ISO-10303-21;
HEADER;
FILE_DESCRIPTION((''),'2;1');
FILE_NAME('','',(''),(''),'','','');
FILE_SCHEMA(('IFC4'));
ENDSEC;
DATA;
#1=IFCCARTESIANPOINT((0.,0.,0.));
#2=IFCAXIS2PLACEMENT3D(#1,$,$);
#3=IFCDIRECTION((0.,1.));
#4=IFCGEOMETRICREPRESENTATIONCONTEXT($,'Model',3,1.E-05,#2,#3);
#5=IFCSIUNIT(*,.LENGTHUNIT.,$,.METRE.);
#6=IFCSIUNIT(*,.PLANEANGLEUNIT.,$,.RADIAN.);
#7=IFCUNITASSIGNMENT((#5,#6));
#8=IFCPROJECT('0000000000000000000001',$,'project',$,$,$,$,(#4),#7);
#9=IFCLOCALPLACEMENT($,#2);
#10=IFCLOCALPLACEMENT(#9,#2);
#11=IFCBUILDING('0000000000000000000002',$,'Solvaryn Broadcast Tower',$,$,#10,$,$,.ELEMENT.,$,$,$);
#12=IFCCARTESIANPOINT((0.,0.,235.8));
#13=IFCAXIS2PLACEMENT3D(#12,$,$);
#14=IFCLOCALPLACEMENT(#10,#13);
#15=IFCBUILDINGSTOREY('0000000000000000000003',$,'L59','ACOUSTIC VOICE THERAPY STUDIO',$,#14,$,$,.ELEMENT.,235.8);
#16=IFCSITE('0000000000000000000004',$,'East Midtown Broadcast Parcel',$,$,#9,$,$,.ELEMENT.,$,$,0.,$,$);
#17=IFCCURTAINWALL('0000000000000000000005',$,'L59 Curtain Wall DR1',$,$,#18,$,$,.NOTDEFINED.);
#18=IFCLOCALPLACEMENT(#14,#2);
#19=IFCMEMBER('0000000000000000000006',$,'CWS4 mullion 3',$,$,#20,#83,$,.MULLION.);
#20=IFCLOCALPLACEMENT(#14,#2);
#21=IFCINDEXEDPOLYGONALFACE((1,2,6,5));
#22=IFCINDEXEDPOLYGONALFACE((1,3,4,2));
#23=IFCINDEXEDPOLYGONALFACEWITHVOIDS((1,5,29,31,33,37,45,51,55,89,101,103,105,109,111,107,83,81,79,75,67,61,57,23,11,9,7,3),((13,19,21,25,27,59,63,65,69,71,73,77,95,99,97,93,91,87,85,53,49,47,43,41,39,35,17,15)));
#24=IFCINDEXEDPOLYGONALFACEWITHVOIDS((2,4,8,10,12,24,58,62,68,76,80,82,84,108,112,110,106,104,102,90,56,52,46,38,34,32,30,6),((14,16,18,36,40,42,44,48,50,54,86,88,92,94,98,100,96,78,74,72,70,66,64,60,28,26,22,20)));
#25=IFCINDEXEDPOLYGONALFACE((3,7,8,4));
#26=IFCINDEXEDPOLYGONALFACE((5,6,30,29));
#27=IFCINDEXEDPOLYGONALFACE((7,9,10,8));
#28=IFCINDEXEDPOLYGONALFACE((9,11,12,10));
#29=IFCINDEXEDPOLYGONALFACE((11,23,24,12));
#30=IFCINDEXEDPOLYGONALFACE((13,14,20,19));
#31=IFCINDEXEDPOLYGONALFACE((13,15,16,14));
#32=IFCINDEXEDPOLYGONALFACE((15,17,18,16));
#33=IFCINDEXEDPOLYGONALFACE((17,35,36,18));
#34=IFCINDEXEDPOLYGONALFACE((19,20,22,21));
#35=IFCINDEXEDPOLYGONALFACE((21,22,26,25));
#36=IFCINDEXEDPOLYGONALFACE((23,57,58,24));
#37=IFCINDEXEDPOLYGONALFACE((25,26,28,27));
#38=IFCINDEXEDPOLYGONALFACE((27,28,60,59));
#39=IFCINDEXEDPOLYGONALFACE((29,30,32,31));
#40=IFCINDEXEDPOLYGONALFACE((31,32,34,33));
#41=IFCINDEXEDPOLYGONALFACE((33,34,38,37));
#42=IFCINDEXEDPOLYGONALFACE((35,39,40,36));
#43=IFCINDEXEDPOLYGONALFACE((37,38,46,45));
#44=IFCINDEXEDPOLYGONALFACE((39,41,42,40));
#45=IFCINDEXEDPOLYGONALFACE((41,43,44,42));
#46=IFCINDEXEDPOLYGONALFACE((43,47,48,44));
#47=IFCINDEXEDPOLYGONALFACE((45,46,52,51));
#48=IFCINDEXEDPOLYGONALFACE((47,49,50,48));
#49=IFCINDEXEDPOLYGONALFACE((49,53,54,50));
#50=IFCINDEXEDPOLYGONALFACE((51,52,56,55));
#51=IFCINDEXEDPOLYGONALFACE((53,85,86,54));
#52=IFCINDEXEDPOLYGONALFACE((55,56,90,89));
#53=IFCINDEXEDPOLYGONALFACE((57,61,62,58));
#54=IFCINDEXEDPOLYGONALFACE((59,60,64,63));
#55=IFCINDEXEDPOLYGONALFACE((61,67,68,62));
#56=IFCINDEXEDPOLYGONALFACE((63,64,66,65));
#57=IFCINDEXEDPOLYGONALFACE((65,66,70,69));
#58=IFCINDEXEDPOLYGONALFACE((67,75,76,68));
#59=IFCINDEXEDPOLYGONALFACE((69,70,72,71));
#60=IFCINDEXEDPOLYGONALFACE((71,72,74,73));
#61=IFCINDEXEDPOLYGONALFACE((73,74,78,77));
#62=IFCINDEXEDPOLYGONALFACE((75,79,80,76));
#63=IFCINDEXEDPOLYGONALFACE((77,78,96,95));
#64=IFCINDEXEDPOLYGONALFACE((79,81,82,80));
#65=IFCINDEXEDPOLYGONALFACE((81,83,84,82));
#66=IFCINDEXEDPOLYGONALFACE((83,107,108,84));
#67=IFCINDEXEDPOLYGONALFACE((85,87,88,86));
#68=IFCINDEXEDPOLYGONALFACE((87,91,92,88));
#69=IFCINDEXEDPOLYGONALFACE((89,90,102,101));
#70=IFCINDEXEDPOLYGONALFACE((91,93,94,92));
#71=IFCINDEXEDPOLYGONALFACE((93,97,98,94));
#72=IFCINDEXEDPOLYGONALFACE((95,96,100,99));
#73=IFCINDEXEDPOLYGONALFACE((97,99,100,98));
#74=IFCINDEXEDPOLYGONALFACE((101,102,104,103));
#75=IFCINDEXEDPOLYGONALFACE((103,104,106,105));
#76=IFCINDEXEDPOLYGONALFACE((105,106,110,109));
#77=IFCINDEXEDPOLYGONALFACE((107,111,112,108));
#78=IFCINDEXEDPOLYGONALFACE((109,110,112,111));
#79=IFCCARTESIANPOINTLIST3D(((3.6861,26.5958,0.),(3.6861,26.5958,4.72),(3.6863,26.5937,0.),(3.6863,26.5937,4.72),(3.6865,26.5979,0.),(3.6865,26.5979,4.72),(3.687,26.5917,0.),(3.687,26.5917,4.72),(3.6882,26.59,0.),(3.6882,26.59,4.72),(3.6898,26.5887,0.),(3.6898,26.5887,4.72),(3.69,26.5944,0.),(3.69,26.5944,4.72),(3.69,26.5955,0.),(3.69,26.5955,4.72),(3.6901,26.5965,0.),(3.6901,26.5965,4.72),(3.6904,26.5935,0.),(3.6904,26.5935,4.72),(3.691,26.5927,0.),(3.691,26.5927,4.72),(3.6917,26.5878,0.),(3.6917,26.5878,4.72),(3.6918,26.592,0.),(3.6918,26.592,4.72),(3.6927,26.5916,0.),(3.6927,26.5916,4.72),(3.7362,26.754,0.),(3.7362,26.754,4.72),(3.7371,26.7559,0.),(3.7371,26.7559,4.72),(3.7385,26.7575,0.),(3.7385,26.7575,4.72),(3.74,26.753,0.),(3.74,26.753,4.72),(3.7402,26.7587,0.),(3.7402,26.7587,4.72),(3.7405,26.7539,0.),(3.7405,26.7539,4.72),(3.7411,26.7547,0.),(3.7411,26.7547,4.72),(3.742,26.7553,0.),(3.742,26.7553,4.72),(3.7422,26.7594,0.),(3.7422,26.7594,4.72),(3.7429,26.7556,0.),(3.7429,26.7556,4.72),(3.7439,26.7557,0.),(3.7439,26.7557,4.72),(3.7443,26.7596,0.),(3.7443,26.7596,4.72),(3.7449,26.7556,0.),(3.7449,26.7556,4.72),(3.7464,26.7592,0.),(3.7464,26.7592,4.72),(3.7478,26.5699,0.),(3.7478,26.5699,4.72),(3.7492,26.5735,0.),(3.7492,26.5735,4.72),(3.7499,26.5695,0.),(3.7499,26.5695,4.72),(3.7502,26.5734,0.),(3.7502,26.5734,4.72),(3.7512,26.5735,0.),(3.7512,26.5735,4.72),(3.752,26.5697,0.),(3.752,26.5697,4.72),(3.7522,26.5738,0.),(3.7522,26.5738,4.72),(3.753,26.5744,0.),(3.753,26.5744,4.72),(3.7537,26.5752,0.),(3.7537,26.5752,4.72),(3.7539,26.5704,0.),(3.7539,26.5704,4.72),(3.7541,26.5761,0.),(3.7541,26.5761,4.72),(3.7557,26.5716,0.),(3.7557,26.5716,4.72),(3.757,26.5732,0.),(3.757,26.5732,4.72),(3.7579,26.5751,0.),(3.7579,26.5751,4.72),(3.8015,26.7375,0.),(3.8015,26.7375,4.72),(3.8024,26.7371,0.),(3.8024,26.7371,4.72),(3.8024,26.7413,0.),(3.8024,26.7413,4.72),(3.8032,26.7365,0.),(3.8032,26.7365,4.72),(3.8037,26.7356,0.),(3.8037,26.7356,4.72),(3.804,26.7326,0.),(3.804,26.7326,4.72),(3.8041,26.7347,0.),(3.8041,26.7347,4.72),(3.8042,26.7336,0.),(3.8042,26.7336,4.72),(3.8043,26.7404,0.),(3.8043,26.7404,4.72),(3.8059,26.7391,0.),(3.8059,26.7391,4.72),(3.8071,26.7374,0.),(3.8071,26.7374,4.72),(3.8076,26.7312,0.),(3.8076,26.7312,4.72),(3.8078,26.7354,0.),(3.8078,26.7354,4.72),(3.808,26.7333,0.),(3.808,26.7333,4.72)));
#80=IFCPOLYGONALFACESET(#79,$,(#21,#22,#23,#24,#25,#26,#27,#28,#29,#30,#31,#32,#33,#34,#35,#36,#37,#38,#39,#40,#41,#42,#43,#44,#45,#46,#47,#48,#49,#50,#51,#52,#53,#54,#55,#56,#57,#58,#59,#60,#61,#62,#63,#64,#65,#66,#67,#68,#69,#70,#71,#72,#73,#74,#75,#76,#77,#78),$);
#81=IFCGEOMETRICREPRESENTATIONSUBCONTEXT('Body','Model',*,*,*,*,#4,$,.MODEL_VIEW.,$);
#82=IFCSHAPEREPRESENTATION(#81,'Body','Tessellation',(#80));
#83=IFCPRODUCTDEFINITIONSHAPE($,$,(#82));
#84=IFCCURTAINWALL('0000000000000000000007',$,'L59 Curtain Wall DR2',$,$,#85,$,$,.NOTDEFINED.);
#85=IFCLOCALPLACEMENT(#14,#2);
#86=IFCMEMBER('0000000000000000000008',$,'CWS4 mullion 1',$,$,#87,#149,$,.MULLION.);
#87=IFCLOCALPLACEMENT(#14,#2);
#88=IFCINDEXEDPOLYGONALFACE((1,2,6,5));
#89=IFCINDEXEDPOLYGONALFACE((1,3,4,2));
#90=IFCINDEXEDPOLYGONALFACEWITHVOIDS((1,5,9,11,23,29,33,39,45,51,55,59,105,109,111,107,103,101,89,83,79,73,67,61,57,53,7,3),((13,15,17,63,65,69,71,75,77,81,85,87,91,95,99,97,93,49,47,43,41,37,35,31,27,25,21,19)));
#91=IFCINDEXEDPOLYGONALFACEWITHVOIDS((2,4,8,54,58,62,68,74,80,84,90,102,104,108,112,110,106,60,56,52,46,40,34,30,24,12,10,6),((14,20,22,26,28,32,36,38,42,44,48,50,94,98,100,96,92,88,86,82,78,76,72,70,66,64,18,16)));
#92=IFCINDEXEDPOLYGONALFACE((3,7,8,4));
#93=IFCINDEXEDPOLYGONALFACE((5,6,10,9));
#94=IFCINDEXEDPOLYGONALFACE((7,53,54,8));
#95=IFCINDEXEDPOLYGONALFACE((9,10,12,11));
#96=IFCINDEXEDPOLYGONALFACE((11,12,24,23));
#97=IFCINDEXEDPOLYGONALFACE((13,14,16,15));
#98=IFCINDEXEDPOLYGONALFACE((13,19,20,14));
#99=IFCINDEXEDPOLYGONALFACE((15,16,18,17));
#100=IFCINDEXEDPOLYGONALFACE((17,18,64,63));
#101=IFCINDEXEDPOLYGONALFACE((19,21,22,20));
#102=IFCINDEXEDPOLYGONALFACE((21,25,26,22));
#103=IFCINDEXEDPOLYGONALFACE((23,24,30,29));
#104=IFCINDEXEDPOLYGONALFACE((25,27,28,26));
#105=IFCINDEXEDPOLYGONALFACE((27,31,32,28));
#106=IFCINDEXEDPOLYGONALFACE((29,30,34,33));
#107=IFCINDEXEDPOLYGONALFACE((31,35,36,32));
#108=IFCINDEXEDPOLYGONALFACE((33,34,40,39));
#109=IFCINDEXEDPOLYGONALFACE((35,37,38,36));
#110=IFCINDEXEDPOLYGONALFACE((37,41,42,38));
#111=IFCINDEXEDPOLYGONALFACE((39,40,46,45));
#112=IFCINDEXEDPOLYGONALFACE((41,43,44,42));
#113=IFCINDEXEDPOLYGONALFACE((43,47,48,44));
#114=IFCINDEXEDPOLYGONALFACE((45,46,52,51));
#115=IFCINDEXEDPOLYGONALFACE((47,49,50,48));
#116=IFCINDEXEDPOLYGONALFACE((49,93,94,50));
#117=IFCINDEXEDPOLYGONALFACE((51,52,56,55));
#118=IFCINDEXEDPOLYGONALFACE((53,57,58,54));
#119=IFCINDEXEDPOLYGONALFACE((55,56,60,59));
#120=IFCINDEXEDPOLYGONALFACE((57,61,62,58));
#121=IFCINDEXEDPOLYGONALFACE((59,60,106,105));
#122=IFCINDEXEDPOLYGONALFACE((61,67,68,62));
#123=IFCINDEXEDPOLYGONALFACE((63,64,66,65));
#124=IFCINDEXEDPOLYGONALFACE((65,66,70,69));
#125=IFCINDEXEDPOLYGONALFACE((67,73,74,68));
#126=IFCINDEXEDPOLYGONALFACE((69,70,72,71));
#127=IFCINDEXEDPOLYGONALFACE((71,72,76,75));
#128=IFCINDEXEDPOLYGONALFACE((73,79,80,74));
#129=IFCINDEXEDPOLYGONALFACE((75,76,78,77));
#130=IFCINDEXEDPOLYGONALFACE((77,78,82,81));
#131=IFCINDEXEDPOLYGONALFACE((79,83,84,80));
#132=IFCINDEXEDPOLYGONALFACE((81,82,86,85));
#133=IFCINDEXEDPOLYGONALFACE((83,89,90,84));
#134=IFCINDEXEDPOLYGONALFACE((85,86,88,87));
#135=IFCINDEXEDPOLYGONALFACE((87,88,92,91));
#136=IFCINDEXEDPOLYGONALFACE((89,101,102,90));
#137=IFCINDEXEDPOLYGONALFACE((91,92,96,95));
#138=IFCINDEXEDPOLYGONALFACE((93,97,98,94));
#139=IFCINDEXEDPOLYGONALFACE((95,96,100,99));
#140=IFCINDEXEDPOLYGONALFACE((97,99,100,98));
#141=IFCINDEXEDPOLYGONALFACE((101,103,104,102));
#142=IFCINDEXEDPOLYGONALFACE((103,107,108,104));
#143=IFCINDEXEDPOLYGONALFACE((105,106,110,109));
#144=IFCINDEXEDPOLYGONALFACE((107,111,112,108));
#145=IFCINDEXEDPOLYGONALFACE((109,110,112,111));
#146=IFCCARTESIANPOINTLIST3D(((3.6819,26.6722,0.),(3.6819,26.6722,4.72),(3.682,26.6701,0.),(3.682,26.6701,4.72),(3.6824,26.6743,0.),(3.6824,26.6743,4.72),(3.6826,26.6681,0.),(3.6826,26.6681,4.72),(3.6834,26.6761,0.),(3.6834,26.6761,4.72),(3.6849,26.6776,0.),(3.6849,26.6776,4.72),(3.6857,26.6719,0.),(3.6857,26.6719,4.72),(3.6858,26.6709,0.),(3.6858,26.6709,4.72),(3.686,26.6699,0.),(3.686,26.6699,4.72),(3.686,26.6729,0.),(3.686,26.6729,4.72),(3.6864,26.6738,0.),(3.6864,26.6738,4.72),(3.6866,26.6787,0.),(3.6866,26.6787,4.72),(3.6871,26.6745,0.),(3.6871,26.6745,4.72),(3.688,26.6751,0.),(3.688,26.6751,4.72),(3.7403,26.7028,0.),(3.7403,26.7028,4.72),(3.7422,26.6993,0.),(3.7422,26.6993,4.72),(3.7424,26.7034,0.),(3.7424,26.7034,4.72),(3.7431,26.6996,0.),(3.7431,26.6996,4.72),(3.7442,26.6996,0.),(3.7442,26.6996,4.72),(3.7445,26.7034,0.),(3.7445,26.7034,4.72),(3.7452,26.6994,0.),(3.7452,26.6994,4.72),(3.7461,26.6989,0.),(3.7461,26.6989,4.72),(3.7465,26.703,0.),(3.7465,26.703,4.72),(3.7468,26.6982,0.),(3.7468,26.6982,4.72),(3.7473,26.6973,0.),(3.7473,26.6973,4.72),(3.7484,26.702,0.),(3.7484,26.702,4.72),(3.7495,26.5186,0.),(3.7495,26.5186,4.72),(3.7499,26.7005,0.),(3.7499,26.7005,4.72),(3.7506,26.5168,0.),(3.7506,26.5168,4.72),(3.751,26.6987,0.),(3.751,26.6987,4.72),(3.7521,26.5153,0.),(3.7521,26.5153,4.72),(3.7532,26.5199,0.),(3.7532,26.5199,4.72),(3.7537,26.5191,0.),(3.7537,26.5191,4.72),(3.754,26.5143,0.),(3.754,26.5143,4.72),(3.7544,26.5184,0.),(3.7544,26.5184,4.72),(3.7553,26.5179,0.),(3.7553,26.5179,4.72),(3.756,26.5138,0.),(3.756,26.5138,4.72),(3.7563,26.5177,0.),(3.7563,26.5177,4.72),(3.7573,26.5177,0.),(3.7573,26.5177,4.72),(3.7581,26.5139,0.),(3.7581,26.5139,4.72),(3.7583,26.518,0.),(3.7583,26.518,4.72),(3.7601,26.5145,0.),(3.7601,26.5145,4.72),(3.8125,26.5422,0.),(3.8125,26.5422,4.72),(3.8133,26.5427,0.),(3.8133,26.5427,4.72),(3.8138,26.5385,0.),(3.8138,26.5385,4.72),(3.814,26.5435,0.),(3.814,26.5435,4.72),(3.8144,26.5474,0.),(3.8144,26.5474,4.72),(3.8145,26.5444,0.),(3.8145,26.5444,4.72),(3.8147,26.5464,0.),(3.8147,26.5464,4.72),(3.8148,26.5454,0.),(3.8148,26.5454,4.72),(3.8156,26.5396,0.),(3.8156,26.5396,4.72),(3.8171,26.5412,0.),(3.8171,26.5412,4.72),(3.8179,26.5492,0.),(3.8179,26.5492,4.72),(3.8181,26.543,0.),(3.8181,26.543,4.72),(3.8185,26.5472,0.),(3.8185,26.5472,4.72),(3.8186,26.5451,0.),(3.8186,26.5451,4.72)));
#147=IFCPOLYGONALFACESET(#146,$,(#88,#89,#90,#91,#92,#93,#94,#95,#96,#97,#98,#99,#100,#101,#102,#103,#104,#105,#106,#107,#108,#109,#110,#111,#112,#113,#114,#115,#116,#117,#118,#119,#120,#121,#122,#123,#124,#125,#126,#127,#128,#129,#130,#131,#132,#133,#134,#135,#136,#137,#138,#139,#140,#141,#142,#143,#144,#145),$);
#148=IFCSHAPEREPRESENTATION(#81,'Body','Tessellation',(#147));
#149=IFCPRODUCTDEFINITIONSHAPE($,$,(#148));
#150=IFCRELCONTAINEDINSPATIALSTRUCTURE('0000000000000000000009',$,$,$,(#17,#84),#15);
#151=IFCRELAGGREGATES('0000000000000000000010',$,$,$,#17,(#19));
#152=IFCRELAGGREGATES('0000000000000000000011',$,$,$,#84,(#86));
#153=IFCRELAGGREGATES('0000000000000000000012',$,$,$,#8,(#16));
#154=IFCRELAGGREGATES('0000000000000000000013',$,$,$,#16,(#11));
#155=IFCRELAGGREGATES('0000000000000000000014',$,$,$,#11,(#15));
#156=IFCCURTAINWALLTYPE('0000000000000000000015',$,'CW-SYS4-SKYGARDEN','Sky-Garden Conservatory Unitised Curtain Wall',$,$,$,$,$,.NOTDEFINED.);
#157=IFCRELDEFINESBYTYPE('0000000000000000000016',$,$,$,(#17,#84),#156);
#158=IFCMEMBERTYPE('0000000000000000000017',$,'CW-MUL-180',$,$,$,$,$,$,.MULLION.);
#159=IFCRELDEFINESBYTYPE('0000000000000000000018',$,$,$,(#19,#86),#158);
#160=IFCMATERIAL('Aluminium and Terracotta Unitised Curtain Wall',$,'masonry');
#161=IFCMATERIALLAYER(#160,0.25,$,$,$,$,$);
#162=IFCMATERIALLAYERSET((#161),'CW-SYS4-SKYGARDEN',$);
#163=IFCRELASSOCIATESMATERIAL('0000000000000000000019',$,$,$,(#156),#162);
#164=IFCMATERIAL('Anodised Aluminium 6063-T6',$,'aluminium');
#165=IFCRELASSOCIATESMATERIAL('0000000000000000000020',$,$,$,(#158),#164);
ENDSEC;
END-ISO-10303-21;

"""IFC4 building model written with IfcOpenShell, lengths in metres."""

from ifc_helpers import new_model, si_unit, direction, frame, origin, origin_2d, place, context, subcontext, project, spatial, hollow_rectangle, extrude, material, layer, layer_set, material_profile, profile_set, type_object, element, aggregate, save


model = new_model("IFC4")

# Units and contexts
model_context = context("Model", 3, precision=1e-05, world=origin(), true_north=direction((0.0, 1.0)))
body_context = subcontext(model_context, "Body", "Model", "MODEL_VIEW")
ifc_project = project(units=[si_unit("LENGTHUNIT", "METRE"), si_unit("PLANEANGLEUNIT", "RADIAN")], contexts=[model_context])

# Site, building, storey
site_placement = place(None, origin())
site = spatial("IfcSite", under=ifc_project, at=site_placement, Name="East Midtown Broadcast Parcel", CompositionType="ELEMENT", RefElevation=0.0)
building_placement = place(site_placement, origin())
building = spatial("IfcBuilding", under=site, at=building_placement, Name="Solvaryn Broadcast Tower", CompositionType="ELEMENT")
storey_placement = place(building_placement, frame((0.0, 0.0, 235.8)))
storey = spatial("IfcBuildingStorey", under=building, at=storey_placement, Name="L59", Description="ACOUSTIC VOICE THERAPY STUDIO", CompositionType="ELEMENT", Elevation=235.8)

# Curtain wall, member
ifc_material_1 = material(Name="Aluminium and Terracotta Unitised Curtain Wall", Category="masonry")
ifc_layer_1 = layer(ifc_material_1, 0.25)
ifc_layer_set_1 = layer_set([ifc_layer_1], Name="CW-SYS4-SKYGARDEN")
curtain_wall_type = type_object("IfcCurtainWallType", Name="CW-SYS4-SKYGARDEN", Description="Sky-Garden Conservatory Unitised Curtain Wall", PredefinedType="NOTDEFINED", material=ifc_layer_set_1)
curtain_wall_1_placement = place(storey_placement, origin())
curtain_wall_1 = element("IfcCurtainWall", 1, at=curtain_wall_1_placement, inside=storey, type_object=curtain_wall_type, Name="L59 Curtain Wall DR1", PredefinedType="NOTDEFINED")
ifc_material_2 = material(Name="Anodised Aluminium 6063-T6", Category="aluminium")
ifc_material_profile_1 = material_profile(ifc_material_2, hollow_rectangle(XDim=0.075, YDim=0.1799, WallThickness=0.0039, InnerFilletRadius=0.0039, OuterFilletRadius=0.0081, at=origin_2d()))
ifc_profile_set_1 = profile_set([ifc_material_profile_1], Name="Anodised Aluminium 6063-T6")
member_type_1 = type_object("IfcMemberType", Name="CW-MUL-180", PredefinedType="MULLION", material=ifc_profile_set_1)
member_1_placement = place(storey_placement, frame((3.7471, 26.6646, 0.0), z_axis=(0.0, 0.0, 1.0), x_axis=(0.952795, -0.303616, 0.0)))
member_1 = element("IfcMember", 2, at=member_1_placement, type_object=member_type_1, Name="CWS4 mullion 3", PredefinedType="MULLION", context=body_context, shape_type="SweptSolid", body=[
    extrude(hollow_rectangle(XDim=0.075, YDim=0.1799, WallThickness=0.0039, InnerFilletRadius=0.0039, OuterFilletRadius=0.0081, at=origin_2d()), origin(), (0.0, 0.0, 1.0), 4.72),
])
aggregate(curtain_wall_1, [member_1])

# Curtain wall, member
curtain_wall_2_placement = place(storey_placement, origin())
curtain_wall_2 = element("IfcCurtainWall", 3, at=curtain_wall_2_placement, inside=storey, type_object=curtain_wall_type, Name="L59 Curtain Wall DR2", PredefinedType="NOTDEFINED")
member_2_placement = place(storey_placement, frame((3.7502, 26.6086, 0.0), z_axis=(0.0, 0.0, 1.0), x_axis=(0.912774, 0.408466, 0.0)))
member_2 = element("IfcMember", 4, at=member_2_placement, type_object=member_type_1, Name="CWS4 mullion 1", PredefinedType="MULLION", context=body_context, shape_type="SweptSolid", body=[
    extrude(hollow_rectangle(XDim=0.075, YDim=0.1799, WallThickness=0.0039, InnerFilletRadius=0.0039, OuterFilletRadius=0.0081, at=origin_2d()), origin(), (0.0, 0.0, 1.0), 4.72),
])
aggregate(curtain_wall_2, [member_2])

save(model, "model.ifc")
